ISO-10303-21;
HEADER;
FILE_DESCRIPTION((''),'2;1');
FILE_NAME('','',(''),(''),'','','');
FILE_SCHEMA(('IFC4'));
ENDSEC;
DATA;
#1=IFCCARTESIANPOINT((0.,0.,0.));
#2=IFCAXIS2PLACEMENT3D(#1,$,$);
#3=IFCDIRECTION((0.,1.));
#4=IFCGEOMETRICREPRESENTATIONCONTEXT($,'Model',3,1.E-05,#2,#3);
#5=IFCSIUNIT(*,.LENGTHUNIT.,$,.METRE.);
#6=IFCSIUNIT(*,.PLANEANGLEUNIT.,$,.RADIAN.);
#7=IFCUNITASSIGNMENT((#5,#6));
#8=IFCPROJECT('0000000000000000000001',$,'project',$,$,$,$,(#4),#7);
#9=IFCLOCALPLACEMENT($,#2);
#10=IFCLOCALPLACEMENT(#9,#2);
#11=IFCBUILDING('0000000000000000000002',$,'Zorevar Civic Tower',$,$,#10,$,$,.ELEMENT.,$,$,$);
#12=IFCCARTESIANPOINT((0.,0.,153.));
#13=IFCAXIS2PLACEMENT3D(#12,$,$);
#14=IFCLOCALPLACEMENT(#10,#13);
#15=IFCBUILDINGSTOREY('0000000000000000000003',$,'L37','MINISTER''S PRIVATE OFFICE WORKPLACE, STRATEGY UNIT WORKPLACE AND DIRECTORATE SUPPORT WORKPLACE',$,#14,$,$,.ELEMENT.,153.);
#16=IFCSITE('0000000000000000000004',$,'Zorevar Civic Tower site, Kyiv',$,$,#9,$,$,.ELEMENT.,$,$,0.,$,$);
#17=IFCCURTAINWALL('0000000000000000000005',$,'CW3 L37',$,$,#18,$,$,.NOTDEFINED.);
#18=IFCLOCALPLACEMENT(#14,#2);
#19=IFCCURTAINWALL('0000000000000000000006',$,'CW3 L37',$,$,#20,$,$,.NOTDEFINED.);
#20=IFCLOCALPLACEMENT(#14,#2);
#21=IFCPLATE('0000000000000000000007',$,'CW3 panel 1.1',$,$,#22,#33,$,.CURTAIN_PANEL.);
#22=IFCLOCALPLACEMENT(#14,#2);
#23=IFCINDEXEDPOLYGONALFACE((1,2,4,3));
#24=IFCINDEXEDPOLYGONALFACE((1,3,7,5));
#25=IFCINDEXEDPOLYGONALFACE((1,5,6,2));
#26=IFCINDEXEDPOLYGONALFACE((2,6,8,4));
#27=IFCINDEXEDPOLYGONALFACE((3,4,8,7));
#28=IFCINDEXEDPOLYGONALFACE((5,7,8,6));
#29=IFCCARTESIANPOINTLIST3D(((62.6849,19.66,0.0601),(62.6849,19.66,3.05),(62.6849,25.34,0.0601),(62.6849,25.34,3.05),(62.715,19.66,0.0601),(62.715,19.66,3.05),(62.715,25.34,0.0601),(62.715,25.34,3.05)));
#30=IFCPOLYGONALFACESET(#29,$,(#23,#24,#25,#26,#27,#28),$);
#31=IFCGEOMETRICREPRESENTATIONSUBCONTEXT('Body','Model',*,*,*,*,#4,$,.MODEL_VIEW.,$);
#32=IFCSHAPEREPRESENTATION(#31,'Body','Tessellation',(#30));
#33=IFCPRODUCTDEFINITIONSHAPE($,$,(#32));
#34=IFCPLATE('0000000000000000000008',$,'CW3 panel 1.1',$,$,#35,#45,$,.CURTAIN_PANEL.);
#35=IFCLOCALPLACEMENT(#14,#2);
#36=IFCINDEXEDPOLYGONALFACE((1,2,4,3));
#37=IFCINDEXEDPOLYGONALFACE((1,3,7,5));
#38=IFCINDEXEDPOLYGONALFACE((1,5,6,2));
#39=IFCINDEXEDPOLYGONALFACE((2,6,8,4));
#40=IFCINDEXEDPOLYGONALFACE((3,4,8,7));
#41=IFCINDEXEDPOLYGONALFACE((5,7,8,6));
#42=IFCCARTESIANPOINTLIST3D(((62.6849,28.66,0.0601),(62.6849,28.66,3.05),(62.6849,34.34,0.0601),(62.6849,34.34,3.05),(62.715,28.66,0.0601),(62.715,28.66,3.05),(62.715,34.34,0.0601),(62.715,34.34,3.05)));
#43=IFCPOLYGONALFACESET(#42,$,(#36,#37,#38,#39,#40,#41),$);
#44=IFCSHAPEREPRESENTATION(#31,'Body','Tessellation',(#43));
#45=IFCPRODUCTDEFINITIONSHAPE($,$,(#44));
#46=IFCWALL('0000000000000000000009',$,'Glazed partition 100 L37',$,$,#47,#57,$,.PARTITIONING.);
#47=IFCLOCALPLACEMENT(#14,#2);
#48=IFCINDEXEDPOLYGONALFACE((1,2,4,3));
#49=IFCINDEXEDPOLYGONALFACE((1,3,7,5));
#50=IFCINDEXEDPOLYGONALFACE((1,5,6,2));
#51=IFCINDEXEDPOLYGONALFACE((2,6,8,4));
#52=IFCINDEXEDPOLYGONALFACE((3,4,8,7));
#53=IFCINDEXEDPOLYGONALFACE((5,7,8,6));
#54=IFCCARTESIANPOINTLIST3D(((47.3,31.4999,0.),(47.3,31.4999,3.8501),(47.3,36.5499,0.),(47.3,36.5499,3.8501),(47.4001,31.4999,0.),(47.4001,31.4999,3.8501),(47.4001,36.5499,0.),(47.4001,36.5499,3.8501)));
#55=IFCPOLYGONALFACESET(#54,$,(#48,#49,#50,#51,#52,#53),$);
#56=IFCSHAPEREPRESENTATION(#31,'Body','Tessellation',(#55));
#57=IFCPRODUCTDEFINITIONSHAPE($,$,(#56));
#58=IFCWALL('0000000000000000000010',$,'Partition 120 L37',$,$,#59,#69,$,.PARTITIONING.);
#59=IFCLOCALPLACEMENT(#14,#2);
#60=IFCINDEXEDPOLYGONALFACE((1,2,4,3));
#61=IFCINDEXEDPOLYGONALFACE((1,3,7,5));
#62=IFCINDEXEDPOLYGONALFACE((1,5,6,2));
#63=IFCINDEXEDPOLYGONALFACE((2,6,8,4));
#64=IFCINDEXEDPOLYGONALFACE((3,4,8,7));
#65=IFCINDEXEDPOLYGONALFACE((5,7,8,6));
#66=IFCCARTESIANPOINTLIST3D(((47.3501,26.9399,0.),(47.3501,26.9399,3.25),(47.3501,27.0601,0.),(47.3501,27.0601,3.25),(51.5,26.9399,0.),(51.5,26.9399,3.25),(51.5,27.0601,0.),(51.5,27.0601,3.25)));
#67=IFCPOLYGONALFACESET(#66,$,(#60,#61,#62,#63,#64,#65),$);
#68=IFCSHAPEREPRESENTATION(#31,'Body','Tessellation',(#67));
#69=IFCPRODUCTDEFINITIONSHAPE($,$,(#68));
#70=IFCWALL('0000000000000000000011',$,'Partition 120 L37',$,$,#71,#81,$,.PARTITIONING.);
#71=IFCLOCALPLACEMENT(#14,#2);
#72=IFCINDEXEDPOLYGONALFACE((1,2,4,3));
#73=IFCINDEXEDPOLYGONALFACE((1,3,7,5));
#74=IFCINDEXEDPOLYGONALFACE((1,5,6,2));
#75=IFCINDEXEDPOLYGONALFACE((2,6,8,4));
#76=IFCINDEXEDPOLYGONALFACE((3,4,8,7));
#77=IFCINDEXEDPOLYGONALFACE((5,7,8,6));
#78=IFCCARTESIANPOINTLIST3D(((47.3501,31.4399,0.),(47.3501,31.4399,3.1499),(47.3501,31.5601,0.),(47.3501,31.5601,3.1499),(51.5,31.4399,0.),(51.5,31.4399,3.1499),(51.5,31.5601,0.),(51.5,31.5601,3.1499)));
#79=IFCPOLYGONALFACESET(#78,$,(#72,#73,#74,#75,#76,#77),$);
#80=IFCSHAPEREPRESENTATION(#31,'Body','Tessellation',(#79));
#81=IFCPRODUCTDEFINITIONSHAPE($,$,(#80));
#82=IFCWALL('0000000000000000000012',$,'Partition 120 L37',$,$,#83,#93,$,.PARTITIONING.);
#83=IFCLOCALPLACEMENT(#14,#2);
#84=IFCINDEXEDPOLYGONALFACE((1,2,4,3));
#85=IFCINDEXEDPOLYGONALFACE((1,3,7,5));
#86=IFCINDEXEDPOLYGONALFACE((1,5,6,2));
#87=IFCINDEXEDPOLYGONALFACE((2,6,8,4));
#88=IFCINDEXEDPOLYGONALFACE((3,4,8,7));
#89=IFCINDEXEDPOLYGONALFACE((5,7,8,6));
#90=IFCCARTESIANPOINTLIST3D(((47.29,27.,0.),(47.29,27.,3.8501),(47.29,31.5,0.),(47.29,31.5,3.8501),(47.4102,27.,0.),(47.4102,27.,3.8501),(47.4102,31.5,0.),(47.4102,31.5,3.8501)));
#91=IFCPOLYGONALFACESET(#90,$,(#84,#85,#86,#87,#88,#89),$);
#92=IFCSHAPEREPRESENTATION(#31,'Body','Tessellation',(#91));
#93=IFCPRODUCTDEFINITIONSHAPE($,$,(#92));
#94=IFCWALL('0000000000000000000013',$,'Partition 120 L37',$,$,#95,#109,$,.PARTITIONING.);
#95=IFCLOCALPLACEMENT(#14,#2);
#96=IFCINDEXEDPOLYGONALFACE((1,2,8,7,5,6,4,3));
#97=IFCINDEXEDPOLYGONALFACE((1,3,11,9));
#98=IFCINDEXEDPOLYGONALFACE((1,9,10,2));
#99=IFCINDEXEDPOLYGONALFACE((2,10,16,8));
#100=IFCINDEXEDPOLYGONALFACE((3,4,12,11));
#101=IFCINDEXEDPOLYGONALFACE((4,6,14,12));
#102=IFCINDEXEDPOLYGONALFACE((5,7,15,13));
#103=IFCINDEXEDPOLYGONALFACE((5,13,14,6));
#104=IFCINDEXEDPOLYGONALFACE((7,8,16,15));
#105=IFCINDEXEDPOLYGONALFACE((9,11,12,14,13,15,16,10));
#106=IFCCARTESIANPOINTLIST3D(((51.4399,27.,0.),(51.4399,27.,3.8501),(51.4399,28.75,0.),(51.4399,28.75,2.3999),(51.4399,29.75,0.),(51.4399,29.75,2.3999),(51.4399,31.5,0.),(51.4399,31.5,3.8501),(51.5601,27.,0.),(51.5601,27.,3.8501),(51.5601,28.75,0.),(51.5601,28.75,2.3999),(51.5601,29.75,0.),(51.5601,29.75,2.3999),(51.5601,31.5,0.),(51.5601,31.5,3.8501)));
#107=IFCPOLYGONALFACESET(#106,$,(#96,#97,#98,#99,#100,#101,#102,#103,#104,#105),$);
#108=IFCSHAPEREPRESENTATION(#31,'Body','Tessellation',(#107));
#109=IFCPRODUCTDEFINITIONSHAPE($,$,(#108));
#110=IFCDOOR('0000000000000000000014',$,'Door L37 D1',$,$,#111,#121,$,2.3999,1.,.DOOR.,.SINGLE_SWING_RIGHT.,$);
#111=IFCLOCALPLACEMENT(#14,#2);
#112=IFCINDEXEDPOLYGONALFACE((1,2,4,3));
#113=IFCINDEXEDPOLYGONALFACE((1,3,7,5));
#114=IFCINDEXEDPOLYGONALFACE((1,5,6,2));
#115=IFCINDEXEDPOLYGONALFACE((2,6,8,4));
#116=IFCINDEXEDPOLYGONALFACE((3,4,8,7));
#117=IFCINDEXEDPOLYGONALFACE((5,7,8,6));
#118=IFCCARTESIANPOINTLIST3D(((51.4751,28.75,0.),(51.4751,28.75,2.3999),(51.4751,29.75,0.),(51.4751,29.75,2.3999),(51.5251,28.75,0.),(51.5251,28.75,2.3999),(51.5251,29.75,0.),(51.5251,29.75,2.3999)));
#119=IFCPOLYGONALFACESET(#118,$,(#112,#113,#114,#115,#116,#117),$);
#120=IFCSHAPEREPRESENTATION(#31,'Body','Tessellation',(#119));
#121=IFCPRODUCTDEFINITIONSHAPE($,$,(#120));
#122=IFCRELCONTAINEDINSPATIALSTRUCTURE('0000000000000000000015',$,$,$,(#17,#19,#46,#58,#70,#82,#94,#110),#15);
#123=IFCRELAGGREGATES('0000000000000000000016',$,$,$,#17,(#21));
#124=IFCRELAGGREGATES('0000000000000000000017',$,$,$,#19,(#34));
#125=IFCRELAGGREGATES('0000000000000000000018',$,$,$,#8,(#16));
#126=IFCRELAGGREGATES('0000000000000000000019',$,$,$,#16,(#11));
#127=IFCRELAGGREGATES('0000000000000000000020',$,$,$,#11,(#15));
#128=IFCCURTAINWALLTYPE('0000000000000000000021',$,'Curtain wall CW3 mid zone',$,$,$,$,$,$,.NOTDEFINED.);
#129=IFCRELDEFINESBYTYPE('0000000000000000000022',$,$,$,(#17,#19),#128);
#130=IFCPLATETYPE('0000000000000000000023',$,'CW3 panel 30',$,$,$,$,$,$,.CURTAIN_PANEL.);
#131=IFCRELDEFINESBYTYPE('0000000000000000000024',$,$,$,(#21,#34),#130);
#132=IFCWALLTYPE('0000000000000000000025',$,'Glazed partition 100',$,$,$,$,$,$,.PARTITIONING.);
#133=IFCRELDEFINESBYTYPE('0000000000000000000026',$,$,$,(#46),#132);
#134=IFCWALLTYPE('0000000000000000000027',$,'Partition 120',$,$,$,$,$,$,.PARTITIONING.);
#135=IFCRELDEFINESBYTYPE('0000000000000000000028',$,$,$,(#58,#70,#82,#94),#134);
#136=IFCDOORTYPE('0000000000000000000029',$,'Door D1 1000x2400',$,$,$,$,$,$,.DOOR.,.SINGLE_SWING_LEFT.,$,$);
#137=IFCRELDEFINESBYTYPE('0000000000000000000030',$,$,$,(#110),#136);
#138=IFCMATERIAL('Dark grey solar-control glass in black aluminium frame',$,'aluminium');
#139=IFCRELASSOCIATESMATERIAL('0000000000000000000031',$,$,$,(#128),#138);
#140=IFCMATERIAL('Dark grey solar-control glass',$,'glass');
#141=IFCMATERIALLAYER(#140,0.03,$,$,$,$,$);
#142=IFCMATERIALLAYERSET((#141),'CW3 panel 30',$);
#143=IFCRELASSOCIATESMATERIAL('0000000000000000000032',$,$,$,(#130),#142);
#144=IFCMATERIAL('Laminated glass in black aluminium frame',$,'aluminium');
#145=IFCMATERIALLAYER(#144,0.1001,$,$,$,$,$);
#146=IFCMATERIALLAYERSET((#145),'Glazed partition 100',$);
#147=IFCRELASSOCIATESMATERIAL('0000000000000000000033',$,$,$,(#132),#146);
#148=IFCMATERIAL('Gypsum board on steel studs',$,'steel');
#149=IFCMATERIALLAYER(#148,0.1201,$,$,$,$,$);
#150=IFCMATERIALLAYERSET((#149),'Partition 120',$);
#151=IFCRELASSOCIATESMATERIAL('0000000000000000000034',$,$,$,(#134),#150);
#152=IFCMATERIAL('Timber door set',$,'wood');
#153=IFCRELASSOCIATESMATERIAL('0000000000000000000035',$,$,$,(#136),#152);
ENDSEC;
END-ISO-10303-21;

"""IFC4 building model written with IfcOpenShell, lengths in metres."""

from ifc_helpers import new_model, si_unit, direction, frame, frame_2d, origin, origin_2d, place, context, subcontext, project, spatial, rectangle, extrude, material, layer, layer_set, type_object, element, fill, aggregate, save


model = new_model("IFC4")

# Units and contexts
model_context = context("Model", 3, precision=1e-05, world=origin(), true_north=direction((0.0, 1.0)))
body_context = subcontext(model_context, "Body", "Model", "MODEL_VIEW")
ifc_project = project(units=[si_unit("LENGTHUNIT", "METRE"), si_unit("PLANEANGLEUNIT", "RADIAN")], contexts=[model_context])

# Site, building, storey
site_placement = place(None, origin())
site = spatial("IfcSite", under=ifc_project, at=site_placement, Name="Zorevar Civic Tower site, Kyiv", CompositionType="ELEMENT", RefElevation=0.0)
building_placement = place(site_placement, origin())
building = spatial("IfcBuilding", under=site, at=building_placement, Name="Zorevar Civic Tower", CompositionType="ELEMENT")
storey_placement = place(building_placement, frame((0.0, 0.0, 153.0)))
storey = spatial("IfcBuildingStorey", under=building, at=storey_placement, Name="L37", Description="MINISTER'S PRIVATE OFFICE WORKPLACE, STRATEGY UNIT WORKPLACE AND DIRECTORATE SUPPORT WORKPLACE", CompositionType="ELEMENT", Elevation=153.0)

# Curtain wall
ifc_material_1 = material(Name="Dark grey solar-control glass in black aluminium frame", Category="aluminium")
curtain_wall_type = type_object("IfcCurtainWallType", Name="Curtain wall CW3 mid zone", PredefinedType="NOTDEFINED", material=ifc_material_1)
curtain_wall_1_placement = place(storey_placement, origin())
curtain_wall_1 = element("IfcCurtainWall", 1, at=curtain_wall_1_placement, inside=storey, type_object=curtain_wall_type, Name="CW3 L37", PredefinedType="NOTDEFINED")

# Curtain wall
curtain_wall_2_placement = place(storey_placement, origin())
curtain_wall_2 = element("IfcCurtainWall", 2, at=curtain_wall_2_placement, inside=storey, type_object=curtain_wall_type, Name="CW3 L37", PredefinedType="NOTDEFINED")

# Plates
ifc_material_2 = material(Name="Dark grey solar-control glass", Category="glass")
ifc_layer_1 = layer(ifc_material_2, 0.03)
ifc_layer_set_1 = layer_set([ifc_layer_1], Name="CW3 panel 30")
plate_type = type_object("IfcPlateType", Name="CW3 panel 30", PredefinedType="CURTAIN_PANEL", material=ifc_layer_set_1)
plate_1_placement = place(storey_placement, frame((62.7, 22.5, 0.0601), z_axis=(0.0, 0.0, 1.0), x_axis=(0.0, 1.0, 0.0)))
plate_1 = element("IfcPlate", 3, at=plate_1_placement, type_object=plate_type, Name="CW3 panel 1.1", PredefinedType="CURTAIN_PANEL", context=body_context, shape_type="SweptSolid", body=[
    extrude(rectangle(XDim=5.6799, YDim=0.03, at=origin_2d()), origin(), (0.0, 0.0, 1.0), 2.99),
])
aggregate(curtain_wall_1, [plate_1])
plate_2_placement = place(storey_placement, frame((62.7, 31.5, 0.0601), z_axis=(0.0, 0.0, 1.0), x_axis=(0.0, 1.0, 0.0)))
plate_2 = element("IfcPlate", 4, at=plate_2_placement, type_object=plate_type, Name="CW3 panel 1.1", PredefinedType="CURTAIN_PANEL", context=body_context, shape_type="SweptSolid", body=[
    extrude(rectangle(XDim=5.6799, YDim=0.03, at=origin_2d()), origin(), (0.0, 0.0, 1.0), 2.99),
])
aggregate(curtain_wall_2, [plate_2])

# Walls
ifc_material_3 = material(Name="Laminated glass in black aluminium frame", Category="aluminium")
ifc_layer_2 = layer(ifc_material_3, 0.1001)
ifc_layer_set_2 = layer_set([ifc_layer_2], Name="Glazed partition 100")
wall_type_1 = type_object("IfcWallType", Name="Glazed partition 100", PredefinedType="PARTITIONING", material=ifc_layer_set_2)
wall_1_placement = place(storey_placement, frame((47.3501, 31.5, 0.0), z_axis=(0.0, 0.0, 1.0), x_axis=(0.0, 1.0, 0.0)))
element("IfcWall", 5, at=wall_1_placement, inside=storey, type_object=wall_type_1, Name="Glazed partition 100 L37", PredefinedType="PARTITIONING", context=body_context, shape_type="SweptSolid", body=[
    extrude(rectangle(XDim=5.05, YDim=0.1001, at=frame_2d((2.5249, 0.0))), origin(), (0.0, 0.0, 1.0), 3.8501),
])
ifc_material_4 = material(Name="Gypsum board on steel studs", Category="steel")
ifc_layer_3 = layer(ifc_material_4, 0.1201)
ifc_layer_set_3 = layer_set([ifc_layer_3], Name="Partition 120")
wall_type_2 = type_object("IfcWallType", Name="Partition 120", PredefinedType="PARTITIONING", material=ifc_layer_set_3)
wall_2_placement = place(storey_placement, frame((47.3501, 27.0, 0.0), z_axis=(0.0, 0.0, 1.0), x_axis=(1.0, 0.0, 0.0)))
element("IfcWall", 6, at=wall_2_placement, inside=storey, type_object=wall_type_2, Name="Partition 120 L37", PredefinedType="PARTITIONING", context=body_context, shape_type="SweptSolid", body=[
    extrude(rectangle(XDim=4.1499, YDim=0.1201, at=frame_2d((2.075, 0.0))), origin(), (0.0, 0.0, 1.0), 3.25),
])
wall_3_placement = place(storey_placement, frame((47.3501, 31.5, 0.0), z_axis=(0.0, 0.0, 1.0), x_axis=(1.0, 0.0, 0.0)))
element("IfcWall", 7, at=wall_3_placement, inside=storey, type_object=wall_type_2, Name="Partition 120 L37", PredefinedType="PARTITIONING", context=body_context, shape_type="SweptSolid", body=[
    extrude(rectangle(XDim=4.1499, YDim=0.1201, at=frame_2d((2.075, 0.0))), origin(), (0.0, 0.0, 1.0), 3.1499),
])
wall_4_placement = place(storey_placement, frame((47.3501, 27.0, 0.0), z_axis=(0.0, 0.0, 1.0), x_axis=(0.0, 1.0, 0.0)))
element("IfcWall", 8, at=wall_4_placement, inside=storey, type_object=wall_type_2, Name="Partition 120 L37", PredefinedType="PARTITIONING", context=body_context, shape_type="SweptSolid", body=[
    extrude(rectangle(XDim=4.5, YDim=0.1201, at=frame_2d((2.25, 0.0))), origin(), (0.0, 0.0, 1.0), 3.8501),
])

# Wall, opening, door
wall_5_placement = place(storey_placement, frame((51.5, 27.0, 0.0), z_axis=(0.0, 0.0, 1.0), x_axis=(0.0, 1.0, 0.0)))
wall_5 = element("IfcWall", 9, at=wall_5_placement, inside=storey, type_object=wall_type_2, Name="Partition 120 L37", PredefinedType="PARTITIONING", context=body_context, shape_type="SweptSolid", body=[
    extrude(rectangle(XDim=4.5, YDim=0.1201, at=frame_2d((2.25, 0.0))), origin(), (0.0, 0.0, 1.0), 3.8501),
])
opening_placement = place(wall_5_placement, frame((1.75, 0.0, 0.0)))
opening = element("IfcOpeningElement", 10, at=opening_placement, cuts=wall_5, PredefinedType="OPENING", context=body_context, shape_type="SweptSolid", body=[
    extrude(rectangle(XDim=1.0, YDim=2.3999, at=frame_2d((0.5, 1.2))), frame((0.0, 0.0701, 0.0), z_axis=(0.0, -1.0, 0.0), x_axis=(1.0, 0.0, 0.0)), (0.0, 0.0, 1.0), 0.1401),
])
ifc_material_5 = material(Name="Timber door set", Category="wood")
door_type = type_object("IfcDoorType", Name="Door D1 1000x2400", OperationType="SINGLE_SWING_LEFT", PredefinedType="DOOR", material=ifc_material_5)
door_placement = place(opening_placement, origin())
door = element("IfcDoor", 11, at=door_placement, inside=storey, type_object=door_type, Name="Door L37 D1", OperationType="SINGLE_SWING_RIGHT", OverallHeight=2.3999, OverallWidth=1.0, PredefinedType="DOOR", context=body_context, shape_type="SweptSolid", body=[
    extrude(rectangle(XDim=1.0, YDim=2.3999, at=frame_2d((0.5, 1.2))), frame((0.0, 0.0249, 0.0), z_axis=(0.0, -1.0, 0.0), x_axis=(1.0, 0.0, 0.0)), (0.0, 0.0, 1.0), 0.05),
])
fill(opening, door)

save(model, "model.ifc")
